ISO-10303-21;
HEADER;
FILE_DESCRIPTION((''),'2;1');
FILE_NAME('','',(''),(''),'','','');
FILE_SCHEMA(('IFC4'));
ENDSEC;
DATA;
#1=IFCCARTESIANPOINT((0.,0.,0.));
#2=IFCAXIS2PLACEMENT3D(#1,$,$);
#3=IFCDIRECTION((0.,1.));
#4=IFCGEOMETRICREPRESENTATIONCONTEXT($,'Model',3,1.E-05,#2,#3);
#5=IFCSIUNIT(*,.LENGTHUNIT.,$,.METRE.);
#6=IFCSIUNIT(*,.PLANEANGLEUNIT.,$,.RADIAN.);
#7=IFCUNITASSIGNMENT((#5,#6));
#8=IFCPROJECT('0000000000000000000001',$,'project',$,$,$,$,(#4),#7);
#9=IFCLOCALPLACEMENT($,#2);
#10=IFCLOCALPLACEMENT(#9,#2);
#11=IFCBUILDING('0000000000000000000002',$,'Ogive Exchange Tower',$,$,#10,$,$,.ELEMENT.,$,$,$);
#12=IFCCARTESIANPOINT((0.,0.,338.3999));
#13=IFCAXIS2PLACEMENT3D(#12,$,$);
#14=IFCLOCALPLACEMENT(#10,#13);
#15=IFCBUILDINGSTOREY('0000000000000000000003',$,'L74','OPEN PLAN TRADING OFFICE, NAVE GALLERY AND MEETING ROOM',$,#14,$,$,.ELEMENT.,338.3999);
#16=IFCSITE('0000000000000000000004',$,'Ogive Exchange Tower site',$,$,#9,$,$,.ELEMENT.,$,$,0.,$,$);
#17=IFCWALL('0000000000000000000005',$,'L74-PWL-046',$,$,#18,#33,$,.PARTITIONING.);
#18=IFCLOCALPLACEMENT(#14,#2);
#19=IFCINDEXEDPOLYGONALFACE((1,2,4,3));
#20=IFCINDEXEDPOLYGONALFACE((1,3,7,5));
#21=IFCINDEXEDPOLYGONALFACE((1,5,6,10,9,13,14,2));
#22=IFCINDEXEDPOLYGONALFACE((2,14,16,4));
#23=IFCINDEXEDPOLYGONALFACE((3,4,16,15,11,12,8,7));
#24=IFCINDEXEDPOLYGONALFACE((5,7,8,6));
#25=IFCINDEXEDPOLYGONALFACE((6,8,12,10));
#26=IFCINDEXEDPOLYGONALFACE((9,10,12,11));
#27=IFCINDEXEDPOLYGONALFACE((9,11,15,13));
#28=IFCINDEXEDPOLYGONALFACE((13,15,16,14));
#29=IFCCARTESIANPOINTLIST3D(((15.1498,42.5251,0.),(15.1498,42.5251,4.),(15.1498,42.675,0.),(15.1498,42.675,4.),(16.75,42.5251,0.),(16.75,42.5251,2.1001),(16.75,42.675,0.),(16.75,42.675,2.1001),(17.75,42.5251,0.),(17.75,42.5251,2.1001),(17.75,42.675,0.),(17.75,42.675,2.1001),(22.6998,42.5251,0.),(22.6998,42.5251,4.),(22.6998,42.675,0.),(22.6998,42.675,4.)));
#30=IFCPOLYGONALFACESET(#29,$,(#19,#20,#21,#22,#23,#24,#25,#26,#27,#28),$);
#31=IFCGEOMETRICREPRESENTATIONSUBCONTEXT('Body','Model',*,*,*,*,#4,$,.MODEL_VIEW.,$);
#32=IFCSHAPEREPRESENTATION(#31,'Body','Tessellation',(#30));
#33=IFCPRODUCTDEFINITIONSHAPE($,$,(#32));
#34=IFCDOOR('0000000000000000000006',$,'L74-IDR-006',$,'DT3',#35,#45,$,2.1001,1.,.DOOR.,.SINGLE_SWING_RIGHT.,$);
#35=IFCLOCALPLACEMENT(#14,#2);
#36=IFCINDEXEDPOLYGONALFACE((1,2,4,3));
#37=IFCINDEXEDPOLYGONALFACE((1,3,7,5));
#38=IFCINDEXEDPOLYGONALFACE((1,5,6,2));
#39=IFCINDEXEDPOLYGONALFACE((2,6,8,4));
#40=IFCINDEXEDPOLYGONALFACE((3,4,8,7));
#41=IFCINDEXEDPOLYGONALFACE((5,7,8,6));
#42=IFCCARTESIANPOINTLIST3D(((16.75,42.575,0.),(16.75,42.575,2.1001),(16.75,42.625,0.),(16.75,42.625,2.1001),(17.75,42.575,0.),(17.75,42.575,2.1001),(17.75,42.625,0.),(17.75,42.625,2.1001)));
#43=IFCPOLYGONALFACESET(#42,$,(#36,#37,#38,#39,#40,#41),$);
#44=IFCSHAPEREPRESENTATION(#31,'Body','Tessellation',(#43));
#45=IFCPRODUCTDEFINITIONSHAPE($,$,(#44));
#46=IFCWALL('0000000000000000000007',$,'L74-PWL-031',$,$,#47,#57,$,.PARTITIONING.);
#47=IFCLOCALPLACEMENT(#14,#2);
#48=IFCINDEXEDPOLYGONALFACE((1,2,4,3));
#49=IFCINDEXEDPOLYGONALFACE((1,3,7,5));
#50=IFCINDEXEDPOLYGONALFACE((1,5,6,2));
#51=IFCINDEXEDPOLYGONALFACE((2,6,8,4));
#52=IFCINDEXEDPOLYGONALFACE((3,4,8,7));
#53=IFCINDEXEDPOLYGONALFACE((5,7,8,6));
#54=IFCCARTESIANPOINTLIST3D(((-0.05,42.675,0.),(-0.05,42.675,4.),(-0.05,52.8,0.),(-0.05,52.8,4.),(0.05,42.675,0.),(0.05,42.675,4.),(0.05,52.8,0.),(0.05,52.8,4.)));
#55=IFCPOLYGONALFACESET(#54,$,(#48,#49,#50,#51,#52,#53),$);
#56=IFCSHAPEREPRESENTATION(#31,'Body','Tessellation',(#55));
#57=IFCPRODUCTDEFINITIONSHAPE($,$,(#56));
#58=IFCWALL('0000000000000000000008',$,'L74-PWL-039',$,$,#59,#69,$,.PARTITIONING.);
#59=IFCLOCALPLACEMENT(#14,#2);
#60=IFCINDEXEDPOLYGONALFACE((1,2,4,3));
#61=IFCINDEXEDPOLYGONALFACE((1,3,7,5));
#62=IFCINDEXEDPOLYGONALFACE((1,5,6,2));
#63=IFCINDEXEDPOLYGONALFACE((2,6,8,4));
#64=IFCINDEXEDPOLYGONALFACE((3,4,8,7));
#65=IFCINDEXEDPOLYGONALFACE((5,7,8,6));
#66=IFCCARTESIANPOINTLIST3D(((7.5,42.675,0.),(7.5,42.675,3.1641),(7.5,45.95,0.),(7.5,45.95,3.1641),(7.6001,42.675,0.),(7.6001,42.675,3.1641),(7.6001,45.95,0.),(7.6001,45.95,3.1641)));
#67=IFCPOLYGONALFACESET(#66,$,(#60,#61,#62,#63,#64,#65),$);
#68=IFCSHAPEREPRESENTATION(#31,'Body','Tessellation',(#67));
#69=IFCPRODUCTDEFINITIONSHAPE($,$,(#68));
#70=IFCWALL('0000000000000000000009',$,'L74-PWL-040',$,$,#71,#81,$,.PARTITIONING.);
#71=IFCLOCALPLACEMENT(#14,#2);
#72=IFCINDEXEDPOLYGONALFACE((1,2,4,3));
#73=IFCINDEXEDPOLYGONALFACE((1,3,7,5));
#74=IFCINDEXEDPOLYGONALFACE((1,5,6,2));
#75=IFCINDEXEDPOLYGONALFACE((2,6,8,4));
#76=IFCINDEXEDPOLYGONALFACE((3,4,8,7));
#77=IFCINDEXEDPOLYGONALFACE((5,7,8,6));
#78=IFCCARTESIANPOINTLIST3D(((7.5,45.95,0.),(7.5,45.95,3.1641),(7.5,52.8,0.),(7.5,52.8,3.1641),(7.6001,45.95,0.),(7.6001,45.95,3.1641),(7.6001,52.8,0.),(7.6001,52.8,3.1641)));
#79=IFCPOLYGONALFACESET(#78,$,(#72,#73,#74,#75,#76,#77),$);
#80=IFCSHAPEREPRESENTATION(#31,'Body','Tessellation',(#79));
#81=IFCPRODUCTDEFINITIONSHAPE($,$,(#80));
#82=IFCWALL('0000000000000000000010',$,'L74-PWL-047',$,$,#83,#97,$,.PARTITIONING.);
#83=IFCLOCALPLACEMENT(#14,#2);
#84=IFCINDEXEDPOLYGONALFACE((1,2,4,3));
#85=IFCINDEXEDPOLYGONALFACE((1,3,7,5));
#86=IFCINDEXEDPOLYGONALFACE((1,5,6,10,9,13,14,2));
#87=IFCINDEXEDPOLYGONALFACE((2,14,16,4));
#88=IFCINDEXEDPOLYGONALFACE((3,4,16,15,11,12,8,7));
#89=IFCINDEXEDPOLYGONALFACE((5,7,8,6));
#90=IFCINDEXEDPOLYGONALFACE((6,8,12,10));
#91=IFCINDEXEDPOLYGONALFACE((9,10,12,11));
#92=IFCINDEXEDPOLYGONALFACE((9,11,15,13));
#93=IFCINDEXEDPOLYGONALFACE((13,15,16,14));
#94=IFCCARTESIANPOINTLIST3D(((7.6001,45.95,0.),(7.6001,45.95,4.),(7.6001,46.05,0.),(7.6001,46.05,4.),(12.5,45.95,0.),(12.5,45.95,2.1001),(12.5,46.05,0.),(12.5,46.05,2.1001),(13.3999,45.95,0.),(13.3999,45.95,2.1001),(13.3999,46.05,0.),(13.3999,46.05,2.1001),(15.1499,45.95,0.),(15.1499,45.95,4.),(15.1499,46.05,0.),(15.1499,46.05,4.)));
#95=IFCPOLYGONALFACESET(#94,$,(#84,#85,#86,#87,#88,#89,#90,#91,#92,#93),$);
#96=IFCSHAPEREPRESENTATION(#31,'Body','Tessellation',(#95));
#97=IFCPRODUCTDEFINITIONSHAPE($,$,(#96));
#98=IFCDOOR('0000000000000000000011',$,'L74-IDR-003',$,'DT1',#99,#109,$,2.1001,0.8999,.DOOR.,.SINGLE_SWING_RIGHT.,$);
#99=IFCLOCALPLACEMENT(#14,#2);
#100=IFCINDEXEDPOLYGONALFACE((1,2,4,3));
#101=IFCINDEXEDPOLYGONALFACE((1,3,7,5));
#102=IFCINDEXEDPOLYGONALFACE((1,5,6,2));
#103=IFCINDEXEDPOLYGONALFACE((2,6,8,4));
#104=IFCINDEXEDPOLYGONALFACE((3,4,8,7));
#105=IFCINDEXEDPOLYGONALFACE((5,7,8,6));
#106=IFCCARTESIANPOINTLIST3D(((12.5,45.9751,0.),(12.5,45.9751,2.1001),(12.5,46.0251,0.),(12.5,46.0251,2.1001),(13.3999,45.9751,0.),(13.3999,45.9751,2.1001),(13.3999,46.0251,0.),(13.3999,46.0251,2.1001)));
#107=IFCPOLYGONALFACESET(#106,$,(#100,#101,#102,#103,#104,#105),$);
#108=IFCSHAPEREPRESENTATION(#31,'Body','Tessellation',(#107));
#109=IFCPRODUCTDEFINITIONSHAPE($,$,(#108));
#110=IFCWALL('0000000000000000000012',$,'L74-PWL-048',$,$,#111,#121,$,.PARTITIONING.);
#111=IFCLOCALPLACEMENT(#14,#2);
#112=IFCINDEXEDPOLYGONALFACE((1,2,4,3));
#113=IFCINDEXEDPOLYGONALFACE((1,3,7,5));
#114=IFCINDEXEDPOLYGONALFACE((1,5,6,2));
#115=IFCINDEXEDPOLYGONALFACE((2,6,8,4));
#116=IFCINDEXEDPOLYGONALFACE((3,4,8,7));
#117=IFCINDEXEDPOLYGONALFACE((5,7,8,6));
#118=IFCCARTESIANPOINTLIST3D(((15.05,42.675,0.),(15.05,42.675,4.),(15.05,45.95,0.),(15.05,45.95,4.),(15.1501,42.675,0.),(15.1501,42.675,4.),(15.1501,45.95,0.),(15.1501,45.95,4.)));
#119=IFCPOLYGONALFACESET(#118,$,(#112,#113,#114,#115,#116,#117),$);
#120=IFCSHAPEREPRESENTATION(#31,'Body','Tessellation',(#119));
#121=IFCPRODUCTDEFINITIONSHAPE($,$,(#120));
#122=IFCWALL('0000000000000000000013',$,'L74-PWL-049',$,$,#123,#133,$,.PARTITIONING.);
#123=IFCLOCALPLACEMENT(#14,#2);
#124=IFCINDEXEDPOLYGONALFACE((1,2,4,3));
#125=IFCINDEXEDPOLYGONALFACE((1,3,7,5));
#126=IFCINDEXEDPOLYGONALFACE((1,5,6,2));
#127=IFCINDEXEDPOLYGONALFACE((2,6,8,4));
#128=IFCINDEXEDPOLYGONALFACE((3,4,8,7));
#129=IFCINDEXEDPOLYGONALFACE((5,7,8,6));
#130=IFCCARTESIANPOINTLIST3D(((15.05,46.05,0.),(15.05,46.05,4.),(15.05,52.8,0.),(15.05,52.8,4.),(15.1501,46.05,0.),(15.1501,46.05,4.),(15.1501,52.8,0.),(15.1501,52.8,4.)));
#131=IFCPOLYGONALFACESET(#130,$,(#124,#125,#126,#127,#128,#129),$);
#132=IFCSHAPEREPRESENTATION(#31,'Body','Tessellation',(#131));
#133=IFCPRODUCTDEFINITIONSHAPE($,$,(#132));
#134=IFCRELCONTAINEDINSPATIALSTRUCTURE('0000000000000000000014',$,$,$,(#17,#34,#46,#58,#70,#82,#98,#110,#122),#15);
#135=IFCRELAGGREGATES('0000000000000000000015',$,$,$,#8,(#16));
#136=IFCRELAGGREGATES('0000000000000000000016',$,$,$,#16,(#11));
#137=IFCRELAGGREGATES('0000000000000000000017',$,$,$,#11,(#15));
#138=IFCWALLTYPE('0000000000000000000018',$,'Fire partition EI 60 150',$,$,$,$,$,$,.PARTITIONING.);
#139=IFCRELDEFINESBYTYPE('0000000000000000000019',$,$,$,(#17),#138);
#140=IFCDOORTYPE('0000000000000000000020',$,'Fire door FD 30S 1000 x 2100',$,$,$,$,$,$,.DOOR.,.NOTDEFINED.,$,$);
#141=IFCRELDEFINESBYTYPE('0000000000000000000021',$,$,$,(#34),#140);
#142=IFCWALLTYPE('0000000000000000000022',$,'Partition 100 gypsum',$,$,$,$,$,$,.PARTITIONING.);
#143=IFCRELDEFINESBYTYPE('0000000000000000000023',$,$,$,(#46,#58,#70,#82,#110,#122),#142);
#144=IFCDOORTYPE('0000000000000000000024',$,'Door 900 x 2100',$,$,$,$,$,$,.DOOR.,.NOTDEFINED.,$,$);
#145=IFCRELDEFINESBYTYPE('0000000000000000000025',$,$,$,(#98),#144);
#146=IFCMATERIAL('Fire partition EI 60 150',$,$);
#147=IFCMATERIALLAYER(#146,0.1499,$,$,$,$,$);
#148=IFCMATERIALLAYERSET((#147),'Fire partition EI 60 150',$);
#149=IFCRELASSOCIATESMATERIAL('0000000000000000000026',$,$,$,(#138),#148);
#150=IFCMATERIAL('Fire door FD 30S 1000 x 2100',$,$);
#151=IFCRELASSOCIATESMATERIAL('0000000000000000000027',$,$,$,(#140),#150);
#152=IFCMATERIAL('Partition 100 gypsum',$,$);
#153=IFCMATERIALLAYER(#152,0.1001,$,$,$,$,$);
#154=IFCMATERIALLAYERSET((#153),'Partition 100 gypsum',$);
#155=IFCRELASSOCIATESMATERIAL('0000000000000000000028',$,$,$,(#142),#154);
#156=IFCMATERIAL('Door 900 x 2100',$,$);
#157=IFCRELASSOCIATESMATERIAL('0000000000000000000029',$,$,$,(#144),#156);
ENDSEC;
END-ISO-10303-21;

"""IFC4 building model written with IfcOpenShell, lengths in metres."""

from ifc_helpers import new_model, si_unit, direction, frame, frame_2d, origin, place, context, subcontext, project, spatial, rectangle, extrude, material, layer, layer_set, type_object, element, fill, save


model = new_model("IFC4")

# Units and contexts
model_context = context("Model", 3, precision=1e-05, world=origin(), true_north=direction((0.0, 1.0)))
body_context = subcontext(model_context, "Body", "Model", "MODEL_VIEW")
ifc_project = project(units=[si_unit("LENGTHUNIT", "METRE"), si_unit("PLANEANGLEUNIT", "RADIAN")], contexts=[model_context])

# Site, building, storey
site_placement = place(None, origin())
site = spatial("IfcSite", under=ifc_project, at=site_placement, Name="Ogive Exchange Tower site", CompositionType="ELEMENT", RefElevation=0.0)
building_placement = place(site_placement, origin())
building = spatial("IfcBuilding", under=site, at=building_placement, Name="Ogive Exchange Tower", CompositionType="ELEMENT")
storey_placement = place(building_placement, frame((0.0, 0.0, 338.3999)))
storey = spatial("IfcBuildingStorey", under=building, at=storey_placement, Name="L74", Description="OPEN PLAN TRADING OFFICE, NAVE GALLERY AND MEETING ROOM", CompositionType="ELEMENT", Elevation=338.3999)

# Shared definitions
ifc_material_1 = material(Name="Fire partition EI 60 150")
ifc_layer_1 = layer(ifc_material_1, 0.1499)
ifc_layer_set_1 = layer_set([ifc_layer_1], Name="Fire partition EI 60 150")
wall_type_1 = type_object("IfcWallType", Name="Fire partition EI 60 150", PredefinedType="PARTITIONING", material=ifc_layer_set_1)
ifc_material_2 = material(Name="Fire door FD 30S 1000 x 2100")
door_type_1 = type_object("IfcDoorType", Name="Fire door FD 30S 1000 x 2100", OperationType="NOTDEFINED", PredefinedType="DOOR", material=ifc_material_2)

# Wall, opening, door
wall_1_placement = place(storey_placement, frame((15.1499, 42.6001, 0.0), z_axis=(0.0, 0.0, 1.0), x_axis=(1.0, 0.0, 0.0)))
wall_1 = element("IfcWall", 1, at=wall_1_placement, inside=storey, type_object=wall_type_1, Name="L74-PWL-046", PredefinedType="PARTITIONING", context=body_context, shape_type="SweptSolid", body=[
    extrude(rectangle(XDim=7.55, YDim=0.1499, at=frame_2d((3.7749, 0.0))), origin(), (0.0, 0.0, 1.0), 4.0),
])
opening_1_placement = place(wall_1_placement, frame((1.6001, 0.0, 0.0)))
opening_1 = element("IfcOpeningElement", 2, at=opening_1_placement, cuts=wall_1, PredefinedType="OPENING", context=body_context, shape_type="SweptSolid", body=[
    extrude(rectangle(XDim=1.0, YDim=2.1001, at=frame_2d((0.5, 1.05))), frame((0.0, 0.085, 0.0), z_axis=(0.0, -1.0, 0.0), x_axis=(1.0, 0.0, 0.0)), (0.0, 0.0, 1.0), 0.1699),
])
door_1_placement = place(opening_1_placement, origin())
door_1 = element("IfcDoor", 3, at=door_1_placement, inside=storey, type_object=door_type_1, Name="L74-IDR-006", ObjectType="DT3", OperationType="SINGLE_SWING_RIGHT", OverallHeight=2.1001, OverallWidth=1.0, PredefinedType="DOOR", context=body_context, shape_type="SweptSolid", body=[
    extrude(rectangle(XDim=1.0, YDim=2.1001, at=frame_2d((0.5, 1.05))), frame((0.0, 0.0249, 0.0), z_axis=(0.0, -1.0, 0.0), x_axis=(1.0, 0.0, 0.0)), (0.0, 0.0, 1.0), 0.05),
])
fill(opening_1, door_1)

# Walls
ifc_material_3 = material(Name="Partition 100 gypsum")
ifc_layer_2 = layer(ifc_material_3, 0.1001)
ifc_layer_set_2 = layer_set([ifc_layer_2], Name="Partition 100 gypsum")
wall_type_2 = type_object("IfcWallType", Name="Partition 100 gypsum", PredefinedType="PARTITIONING", material=ifc_layer_set_2)
wall_2_placement = place(storey_placement, frame((0.0, 52.8, 0.0), z_axis=(0.0, 0.0, 1.0), x_axis=(0.0, -1.0, 0.0)))
element("IfcWall", 4, at=wall_2_placement, inside=storey, type_object=wall_type_2, Name="L74-PWL-031", PredefinedType="PARTITIONING", context=body_context, shape_type="SweptSolid", body=[
    extrude(rectangle(XDim=10.125, YDim=0.1001, at=frame_2d((5.0625, 0.0))), origin(), (0.0, 0.0, 1.0), 4.0),
])
wall_3_placement = place(storey_placement, frame((7.55, 45.95, 0.0), z_axis=(0.0, 0.0, 1.0), x_axis=(0.0, -1.0, 0.0)))
element("IfcWall", 5, at=wall_3_placement, inside=storey, type_object=wall_type_2, Name="L74-PWL-039", PredefinedType="PARTITIONING", context=body_context, shape_type="SweptSolid", body=[
    extrude(rectangle(XDim=3.2749, YDim=0.1001, at=frame_2d((1.6375, 0.0))), origin(), (0.0, 0.0, 1.0), 3.1641),
])
wall_4_placement = place(storey_placement, frame((7.55, 52.8, 0.0), z_axis=(0.0, 0.0, 1.0), x_axis=(0.0, -1.0, 0.0)))
element("IfcWall", 6, at=wall_4_placement, inside=storey, type_object=wall_type_2, Name="L74-PWL-040", PredefinedType="PARTITIONING", context=body_context, shape_type="SweptSolid", body=[
    extrude(rectangle(XDim=6.8501, YDim=0.1001, at=frame_2d((3.425, 0.0))), origin(), (0.0, 0.0, 1.0), 3.1641),
])

# Wall, opening, door
wall_5_placement = place(storey_placement, frame((15.1499, 46.0, 0.0), z_axis=(0.0, 0.0, 1.0), x_axis=(-1.0, 0.0, 0.0)))
wall_5 = element("IfcWall", 7, at=wall_5_placement, inside=storey, type_object=wall_type_2, Name="L74-PWL-047", PredefinedType="PARTITIONING", context=body_context, shape_type="SweptSolid", body=[
    extrude(rectangle(XDim=7.5498, YDim=0.1001, at=frame_2d((3.7749, 0.0))), origin(), (0.0, 0.0, 1.0), 4.0),
])
opening_2_placement = place(wall_5_placement, frame((1.75, 0.0, 0.0)))
opening_2 = element("IfcOpeningElement", 8, at=opening_2_placement, cuts=wall_5, PredefinedType="OPENING", context=body_context, shape_type="SweptSolid", body=[
    extrude(rectangle(XDim=0.8999, YDim=2.1001, at=frame_2d((0.45, 1.05))), frame((0.0, 0.0601, 0.0), z_axis=(0.0, -1.0, 0.0), x_axis=(1.0, 0.0, 0.0)), (0.0, 0.0, 1.0), 0.1201),
])
ifc_material_4 = material(Name="Door 900 x 2100")
door_type_2 = type_object("IfcDoorType", Name="Door 900 x 2100", OperationType="NOTDEFINED", PredefinedType="DOOR", material=ifc_material_4)
door_2_placement = place(opening_2_placement, origin())
door_2 = element("IfcDoor", 9, at=door_2_placement, inside=storey, type_object=door_type_2, Name="L74-IDR-003", ObjectType="DT1", OperationType="SINGLE_SWING_RIGHT", OverallHeight=2.1001, OverallWidth=0.8999, PredefinedType="DOOR", context=body_context, shape_type="SweptSolid", body=[
    extrude(rectangle(XDim=0.8999, YDim=2.1001, at=frame_2d((0.45, 1.05))), frame((0.0, 0.0249, 0.0), z_axis=(0.0, -1.0, 0.0), x_axis=(1.0, 0.0, 0.0)), (0.0, 0.0, 1.0), 0.05),
])
fill(opening_2, door_2)

# Walls
wall_6_placement = place(storey_placement, frame((15.1001, 45.95, 0.0), z_axis=(0.0, 0.0, 1.0), x_axis=(0.0, -1.0, 0.0)))
element("IfcWall", 10, at=wall_6_placement, inside=storey, type_object=wall_type_2, Name="L74-PWL-048", PredefinedType="PARTITIONING", context=body_context, shape_type="SweptSolid", body=[
    extrude(rectangle(XDim=3.2749, YDim=0.1001, at=frame_2d((1.6375, 0.0))), origin(), (0.0, 0.0, 1.0), 4.0),
])
wall_7_placement = place(storey_placement, frame((15.1001, 52.8, 0.0), z_axis=(0.0, 0.0, 1.0), x_axis=(0.0, -1.0, 0.0)))
element("IfcWall", 11, at=wall_7_placement, inside=storey, type_object=wall_type_2, Name="L74-PWL-049", PredefinedType="PARTITIONING", context=body_context, shape_type="SweptSolid", body=[
    extrude(rectangle(XDim=6.75, YDim=0.1001, at=frame_2d((3.375, 0.0))), origin(), (0.0, 0.0, 1.0), 4.0),
])

save(model, "model.ifc")
